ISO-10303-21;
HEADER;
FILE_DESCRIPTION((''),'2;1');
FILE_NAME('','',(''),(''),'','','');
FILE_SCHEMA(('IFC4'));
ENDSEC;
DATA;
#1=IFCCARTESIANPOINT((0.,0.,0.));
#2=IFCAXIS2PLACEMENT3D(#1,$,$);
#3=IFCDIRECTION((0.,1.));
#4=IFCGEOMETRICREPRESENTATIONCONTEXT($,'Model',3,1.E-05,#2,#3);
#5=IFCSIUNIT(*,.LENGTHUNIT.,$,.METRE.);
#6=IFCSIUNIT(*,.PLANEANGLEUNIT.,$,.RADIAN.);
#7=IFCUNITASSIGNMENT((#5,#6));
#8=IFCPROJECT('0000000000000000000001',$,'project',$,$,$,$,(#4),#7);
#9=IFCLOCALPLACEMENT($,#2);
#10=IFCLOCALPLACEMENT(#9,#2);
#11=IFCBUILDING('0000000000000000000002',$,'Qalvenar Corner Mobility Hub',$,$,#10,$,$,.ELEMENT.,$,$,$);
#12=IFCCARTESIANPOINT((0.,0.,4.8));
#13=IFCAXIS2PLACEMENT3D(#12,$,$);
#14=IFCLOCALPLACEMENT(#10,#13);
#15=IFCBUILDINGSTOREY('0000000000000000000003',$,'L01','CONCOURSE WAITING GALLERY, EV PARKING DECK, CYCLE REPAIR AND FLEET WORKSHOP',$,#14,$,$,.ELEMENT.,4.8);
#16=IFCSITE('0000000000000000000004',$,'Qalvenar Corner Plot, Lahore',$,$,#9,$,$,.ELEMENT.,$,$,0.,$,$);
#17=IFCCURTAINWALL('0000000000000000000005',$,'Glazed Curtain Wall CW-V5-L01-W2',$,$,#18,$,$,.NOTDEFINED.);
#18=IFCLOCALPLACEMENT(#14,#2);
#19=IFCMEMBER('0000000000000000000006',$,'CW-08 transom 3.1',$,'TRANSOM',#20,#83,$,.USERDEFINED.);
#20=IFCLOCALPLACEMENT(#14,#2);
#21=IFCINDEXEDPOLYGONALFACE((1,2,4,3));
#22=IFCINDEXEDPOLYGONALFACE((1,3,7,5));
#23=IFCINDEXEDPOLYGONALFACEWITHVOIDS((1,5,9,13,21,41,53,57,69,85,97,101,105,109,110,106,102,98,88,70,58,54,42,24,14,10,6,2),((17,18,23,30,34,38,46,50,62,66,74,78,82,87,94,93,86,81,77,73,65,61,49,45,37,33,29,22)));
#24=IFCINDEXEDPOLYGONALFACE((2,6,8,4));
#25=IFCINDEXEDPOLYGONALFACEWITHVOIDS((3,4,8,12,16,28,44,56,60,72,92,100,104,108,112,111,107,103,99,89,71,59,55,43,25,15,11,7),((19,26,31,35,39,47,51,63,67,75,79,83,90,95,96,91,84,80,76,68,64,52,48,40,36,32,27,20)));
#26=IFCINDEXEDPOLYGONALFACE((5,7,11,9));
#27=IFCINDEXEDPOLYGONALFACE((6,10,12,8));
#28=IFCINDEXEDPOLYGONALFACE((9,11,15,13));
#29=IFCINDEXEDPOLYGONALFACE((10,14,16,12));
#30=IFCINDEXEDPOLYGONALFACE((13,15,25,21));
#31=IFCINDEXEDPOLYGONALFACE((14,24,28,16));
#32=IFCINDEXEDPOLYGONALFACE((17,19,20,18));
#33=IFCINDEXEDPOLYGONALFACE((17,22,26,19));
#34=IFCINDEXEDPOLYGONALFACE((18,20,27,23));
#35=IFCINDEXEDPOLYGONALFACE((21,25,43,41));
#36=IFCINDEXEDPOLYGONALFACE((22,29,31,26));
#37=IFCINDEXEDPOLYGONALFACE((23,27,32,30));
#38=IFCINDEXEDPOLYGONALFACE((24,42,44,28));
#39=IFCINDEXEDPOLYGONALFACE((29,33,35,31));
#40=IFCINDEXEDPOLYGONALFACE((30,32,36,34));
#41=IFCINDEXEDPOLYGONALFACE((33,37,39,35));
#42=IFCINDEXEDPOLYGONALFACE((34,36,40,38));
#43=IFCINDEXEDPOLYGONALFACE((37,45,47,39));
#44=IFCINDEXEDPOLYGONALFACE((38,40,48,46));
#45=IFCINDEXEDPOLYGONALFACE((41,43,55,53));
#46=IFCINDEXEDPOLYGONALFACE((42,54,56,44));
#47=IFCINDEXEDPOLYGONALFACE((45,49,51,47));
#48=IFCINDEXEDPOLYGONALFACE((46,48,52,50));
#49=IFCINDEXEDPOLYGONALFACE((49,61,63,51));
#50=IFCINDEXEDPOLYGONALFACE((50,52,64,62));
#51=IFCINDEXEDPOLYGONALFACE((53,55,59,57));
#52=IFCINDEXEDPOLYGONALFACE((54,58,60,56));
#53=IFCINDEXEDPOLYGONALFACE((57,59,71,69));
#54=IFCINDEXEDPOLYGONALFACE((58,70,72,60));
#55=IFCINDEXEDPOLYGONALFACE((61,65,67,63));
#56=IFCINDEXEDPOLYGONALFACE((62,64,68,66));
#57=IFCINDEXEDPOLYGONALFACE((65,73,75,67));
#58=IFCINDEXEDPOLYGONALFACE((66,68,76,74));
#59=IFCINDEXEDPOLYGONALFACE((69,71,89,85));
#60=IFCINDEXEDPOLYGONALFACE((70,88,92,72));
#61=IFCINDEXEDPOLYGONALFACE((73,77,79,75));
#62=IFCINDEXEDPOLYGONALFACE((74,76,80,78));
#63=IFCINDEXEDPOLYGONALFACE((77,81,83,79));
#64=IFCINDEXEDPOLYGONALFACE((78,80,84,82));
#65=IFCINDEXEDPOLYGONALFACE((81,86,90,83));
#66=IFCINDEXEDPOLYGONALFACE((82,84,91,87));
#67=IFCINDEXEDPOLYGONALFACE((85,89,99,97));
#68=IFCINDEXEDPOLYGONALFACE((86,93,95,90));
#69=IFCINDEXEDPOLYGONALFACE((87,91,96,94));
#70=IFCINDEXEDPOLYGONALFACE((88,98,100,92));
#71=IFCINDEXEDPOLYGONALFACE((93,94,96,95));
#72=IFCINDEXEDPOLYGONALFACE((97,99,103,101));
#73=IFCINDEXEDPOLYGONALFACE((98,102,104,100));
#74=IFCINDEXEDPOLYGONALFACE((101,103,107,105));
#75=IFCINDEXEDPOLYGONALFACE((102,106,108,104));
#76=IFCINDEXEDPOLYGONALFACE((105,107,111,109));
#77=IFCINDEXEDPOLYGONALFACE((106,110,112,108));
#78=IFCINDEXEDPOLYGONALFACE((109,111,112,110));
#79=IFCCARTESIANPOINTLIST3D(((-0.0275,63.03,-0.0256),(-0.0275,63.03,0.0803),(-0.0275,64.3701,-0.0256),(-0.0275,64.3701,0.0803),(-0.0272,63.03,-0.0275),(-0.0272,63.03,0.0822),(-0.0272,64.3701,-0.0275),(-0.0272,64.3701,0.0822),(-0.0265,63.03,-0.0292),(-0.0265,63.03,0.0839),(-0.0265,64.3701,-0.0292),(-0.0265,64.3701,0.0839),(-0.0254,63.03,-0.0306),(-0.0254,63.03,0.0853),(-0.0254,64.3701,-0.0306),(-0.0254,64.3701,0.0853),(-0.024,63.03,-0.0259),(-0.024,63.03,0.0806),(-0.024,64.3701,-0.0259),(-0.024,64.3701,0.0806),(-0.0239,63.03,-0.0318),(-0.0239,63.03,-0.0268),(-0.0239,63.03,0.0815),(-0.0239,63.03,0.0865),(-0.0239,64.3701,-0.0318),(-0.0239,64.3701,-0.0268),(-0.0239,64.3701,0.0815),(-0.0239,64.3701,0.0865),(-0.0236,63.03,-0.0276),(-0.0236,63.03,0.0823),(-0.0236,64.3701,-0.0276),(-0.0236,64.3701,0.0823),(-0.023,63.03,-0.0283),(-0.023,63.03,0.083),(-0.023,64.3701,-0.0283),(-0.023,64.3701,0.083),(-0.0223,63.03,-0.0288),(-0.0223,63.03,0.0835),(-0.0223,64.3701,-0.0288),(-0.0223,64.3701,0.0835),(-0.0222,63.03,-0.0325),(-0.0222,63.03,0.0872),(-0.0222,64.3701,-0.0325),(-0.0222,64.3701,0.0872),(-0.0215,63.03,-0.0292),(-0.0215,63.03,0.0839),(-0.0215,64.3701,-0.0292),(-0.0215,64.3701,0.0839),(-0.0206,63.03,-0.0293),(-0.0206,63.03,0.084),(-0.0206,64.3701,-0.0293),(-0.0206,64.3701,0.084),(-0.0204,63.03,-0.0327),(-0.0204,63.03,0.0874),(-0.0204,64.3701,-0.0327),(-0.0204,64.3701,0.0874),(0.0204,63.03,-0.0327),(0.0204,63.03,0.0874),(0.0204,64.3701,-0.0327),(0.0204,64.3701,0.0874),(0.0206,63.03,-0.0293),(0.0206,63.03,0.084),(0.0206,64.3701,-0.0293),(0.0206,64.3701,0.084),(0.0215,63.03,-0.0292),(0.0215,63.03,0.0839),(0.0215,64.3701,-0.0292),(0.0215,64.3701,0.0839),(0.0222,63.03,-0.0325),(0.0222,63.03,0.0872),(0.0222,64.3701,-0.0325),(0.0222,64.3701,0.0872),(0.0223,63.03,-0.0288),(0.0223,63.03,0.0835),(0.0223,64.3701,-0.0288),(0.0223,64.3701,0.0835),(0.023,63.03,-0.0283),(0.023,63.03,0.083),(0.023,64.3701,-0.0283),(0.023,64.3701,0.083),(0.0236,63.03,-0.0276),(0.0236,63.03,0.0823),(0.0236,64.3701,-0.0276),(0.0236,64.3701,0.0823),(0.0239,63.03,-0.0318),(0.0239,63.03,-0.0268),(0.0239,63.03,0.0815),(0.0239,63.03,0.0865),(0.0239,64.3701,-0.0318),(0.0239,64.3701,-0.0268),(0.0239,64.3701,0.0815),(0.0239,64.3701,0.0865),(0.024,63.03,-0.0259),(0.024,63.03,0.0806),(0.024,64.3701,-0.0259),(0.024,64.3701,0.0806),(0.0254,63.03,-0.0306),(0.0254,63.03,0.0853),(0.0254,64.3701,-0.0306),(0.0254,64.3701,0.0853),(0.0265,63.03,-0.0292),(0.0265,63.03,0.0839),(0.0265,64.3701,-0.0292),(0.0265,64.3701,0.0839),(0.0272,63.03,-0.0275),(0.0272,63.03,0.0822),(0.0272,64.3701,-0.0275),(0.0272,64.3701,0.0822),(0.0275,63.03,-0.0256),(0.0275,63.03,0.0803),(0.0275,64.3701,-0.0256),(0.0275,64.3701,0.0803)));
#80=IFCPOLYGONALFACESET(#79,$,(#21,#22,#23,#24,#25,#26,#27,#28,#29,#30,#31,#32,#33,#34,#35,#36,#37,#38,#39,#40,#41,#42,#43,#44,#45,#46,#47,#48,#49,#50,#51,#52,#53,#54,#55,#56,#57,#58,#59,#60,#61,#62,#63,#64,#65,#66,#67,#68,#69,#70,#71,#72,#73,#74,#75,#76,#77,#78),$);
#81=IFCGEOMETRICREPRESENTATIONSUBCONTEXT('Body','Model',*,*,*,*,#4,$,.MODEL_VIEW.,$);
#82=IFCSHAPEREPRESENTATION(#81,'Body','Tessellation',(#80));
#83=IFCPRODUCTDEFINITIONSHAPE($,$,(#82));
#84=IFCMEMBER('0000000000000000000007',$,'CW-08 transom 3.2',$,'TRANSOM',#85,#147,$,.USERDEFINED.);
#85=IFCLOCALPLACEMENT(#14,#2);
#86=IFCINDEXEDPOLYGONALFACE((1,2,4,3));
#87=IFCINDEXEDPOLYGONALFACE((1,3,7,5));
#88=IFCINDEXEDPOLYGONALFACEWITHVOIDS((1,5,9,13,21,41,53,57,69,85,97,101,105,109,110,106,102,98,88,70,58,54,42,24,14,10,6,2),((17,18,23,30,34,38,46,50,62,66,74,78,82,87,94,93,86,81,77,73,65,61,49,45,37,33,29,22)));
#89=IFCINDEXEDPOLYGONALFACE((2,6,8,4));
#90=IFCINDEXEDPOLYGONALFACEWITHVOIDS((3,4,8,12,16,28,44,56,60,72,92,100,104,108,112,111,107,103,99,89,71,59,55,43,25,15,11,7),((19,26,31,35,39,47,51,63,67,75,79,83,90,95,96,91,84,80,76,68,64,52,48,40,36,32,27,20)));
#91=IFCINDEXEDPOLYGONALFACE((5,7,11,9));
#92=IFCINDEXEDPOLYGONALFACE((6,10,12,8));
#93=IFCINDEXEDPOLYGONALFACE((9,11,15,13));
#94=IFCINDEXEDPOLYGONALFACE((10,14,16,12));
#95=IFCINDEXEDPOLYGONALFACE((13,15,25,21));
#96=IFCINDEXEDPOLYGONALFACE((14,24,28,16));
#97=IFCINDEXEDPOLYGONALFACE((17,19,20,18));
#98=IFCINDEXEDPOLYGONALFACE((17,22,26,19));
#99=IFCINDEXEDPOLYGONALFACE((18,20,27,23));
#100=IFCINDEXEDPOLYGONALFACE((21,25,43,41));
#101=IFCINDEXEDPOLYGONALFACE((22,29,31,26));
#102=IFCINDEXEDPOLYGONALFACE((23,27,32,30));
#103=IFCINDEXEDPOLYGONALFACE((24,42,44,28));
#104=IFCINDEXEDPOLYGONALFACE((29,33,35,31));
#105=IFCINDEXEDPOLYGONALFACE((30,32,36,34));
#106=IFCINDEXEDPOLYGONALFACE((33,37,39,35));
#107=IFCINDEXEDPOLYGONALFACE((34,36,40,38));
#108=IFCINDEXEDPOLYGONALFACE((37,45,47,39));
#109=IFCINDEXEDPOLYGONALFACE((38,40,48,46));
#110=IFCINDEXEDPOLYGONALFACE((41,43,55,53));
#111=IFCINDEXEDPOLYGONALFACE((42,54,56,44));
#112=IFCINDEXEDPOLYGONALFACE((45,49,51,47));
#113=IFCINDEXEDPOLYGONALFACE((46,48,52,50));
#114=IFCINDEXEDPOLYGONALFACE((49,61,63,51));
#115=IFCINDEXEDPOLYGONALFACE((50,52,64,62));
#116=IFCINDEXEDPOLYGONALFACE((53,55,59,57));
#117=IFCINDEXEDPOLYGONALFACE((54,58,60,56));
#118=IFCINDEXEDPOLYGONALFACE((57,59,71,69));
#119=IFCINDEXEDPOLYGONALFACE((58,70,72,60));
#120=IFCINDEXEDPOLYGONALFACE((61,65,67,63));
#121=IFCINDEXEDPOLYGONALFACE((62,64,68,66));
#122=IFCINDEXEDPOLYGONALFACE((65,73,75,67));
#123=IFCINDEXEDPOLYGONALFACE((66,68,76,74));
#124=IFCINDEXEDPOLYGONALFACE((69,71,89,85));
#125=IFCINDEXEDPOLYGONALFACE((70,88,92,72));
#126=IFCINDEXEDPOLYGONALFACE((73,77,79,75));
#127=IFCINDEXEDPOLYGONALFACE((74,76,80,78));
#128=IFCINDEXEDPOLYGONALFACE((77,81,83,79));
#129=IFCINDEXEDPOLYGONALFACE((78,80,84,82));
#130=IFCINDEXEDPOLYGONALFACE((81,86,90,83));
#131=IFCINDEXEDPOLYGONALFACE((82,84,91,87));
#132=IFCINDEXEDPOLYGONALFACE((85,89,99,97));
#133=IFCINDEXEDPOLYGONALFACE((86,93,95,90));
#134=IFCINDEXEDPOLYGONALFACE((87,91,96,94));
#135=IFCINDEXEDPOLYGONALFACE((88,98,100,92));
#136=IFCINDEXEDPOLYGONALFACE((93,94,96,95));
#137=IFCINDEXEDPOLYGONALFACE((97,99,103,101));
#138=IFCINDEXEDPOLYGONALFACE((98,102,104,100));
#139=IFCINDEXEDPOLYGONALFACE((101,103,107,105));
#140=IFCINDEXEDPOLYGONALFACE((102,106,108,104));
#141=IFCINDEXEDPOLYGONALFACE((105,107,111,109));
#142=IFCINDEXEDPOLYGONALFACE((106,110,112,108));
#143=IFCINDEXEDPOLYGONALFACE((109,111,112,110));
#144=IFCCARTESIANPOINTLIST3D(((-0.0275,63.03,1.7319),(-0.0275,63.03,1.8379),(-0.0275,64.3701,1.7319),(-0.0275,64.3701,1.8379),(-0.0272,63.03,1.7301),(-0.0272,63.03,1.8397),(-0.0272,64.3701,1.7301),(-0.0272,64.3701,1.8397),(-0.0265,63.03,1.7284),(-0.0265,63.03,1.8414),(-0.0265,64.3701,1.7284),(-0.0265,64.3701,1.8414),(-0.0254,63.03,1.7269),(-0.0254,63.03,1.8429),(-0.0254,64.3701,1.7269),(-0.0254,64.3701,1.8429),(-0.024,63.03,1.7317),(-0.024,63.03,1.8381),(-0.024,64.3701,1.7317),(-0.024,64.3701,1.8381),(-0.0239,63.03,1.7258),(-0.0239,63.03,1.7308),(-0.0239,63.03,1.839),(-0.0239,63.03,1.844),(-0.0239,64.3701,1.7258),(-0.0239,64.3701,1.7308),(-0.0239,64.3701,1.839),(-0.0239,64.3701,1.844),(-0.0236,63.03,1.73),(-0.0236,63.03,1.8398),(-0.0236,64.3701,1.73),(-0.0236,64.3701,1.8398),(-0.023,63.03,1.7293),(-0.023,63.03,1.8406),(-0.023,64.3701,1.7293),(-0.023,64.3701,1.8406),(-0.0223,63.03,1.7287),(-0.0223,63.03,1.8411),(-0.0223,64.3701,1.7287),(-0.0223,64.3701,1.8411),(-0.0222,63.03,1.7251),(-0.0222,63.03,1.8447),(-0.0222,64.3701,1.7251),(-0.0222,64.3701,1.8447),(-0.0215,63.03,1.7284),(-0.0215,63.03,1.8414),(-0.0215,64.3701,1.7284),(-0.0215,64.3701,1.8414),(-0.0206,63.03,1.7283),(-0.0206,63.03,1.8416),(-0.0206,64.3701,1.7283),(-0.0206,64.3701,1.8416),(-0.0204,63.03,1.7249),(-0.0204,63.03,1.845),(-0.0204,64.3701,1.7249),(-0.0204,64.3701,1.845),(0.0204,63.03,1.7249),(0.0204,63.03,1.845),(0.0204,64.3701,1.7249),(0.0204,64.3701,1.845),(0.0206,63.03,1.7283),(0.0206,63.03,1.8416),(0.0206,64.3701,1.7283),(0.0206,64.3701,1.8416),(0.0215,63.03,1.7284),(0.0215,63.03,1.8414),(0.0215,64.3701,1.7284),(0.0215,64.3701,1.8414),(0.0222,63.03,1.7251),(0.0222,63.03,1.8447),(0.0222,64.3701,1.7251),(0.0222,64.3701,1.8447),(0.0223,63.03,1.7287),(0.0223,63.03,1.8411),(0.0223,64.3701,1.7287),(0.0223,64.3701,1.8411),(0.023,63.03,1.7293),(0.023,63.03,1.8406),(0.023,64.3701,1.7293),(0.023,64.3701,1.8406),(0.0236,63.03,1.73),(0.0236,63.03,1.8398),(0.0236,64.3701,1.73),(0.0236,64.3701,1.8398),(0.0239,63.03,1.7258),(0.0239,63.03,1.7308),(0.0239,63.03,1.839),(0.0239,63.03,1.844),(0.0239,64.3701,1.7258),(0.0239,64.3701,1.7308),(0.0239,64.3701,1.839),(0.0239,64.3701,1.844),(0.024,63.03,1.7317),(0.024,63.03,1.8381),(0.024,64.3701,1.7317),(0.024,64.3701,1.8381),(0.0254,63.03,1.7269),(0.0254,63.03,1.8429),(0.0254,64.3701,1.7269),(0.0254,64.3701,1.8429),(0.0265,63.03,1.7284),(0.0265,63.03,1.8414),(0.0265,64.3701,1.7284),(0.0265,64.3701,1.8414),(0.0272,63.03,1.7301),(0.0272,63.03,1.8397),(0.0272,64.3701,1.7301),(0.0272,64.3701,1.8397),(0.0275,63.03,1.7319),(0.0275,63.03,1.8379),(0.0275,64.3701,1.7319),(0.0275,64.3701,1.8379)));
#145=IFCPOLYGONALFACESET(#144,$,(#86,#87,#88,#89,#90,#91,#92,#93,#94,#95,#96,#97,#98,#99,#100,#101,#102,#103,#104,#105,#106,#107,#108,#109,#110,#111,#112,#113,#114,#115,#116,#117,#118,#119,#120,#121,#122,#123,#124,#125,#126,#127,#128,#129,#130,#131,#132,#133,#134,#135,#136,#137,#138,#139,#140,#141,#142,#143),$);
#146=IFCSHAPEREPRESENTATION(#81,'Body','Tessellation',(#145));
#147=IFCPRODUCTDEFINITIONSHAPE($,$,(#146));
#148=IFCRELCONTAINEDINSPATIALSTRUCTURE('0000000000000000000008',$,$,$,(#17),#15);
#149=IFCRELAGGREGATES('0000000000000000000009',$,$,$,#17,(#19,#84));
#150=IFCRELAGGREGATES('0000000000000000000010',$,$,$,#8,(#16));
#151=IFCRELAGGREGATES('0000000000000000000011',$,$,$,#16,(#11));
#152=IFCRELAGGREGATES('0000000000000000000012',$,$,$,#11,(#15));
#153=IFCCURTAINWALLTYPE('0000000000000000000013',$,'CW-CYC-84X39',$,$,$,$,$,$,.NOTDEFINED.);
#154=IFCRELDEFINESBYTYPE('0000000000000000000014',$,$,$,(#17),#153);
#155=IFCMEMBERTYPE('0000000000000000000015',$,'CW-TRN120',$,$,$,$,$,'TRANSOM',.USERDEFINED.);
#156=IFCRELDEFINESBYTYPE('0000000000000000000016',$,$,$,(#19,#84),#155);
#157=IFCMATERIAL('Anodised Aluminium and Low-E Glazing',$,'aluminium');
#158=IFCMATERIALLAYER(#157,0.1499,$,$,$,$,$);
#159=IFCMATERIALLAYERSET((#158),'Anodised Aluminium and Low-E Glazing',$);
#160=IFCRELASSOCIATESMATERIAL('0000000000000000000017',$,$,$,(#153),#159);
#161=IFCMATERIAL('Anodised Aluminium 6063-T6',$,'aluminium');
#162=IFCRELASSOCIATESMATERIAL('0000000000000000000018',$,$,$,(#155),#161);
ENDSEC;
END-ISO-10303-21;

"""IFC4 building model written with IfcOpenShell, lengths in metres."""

from ifc_helpers import new_model, si_unit, direction, frame, origin, origin_2d, place, context, subcontext, project, spatial, hollow_rectangle, extrude, material, layer, layer_set, material_profile, profile_set, type_object, element, aggregate, save


model = new_model("IFC4")

# Units and contexts
model_context = context("Model", 3, precision=1e-05, world=origin(), true_north=direction((0.0, 1.0)))
body_context = subcontext(model_context, "Body", "Model", "MODEL_VIEW")
ifc_project = project(units=[si_unit("LENGTHUNIT", "METRE"), si_unit("PLANEANGLEUNIT", "RADIAN")], contexts=[model_context])

# Site, building, storey
site_placement = place(None, origin())
site = spatial("IfcSite", under=ifc_project, at=site_placement, Name="Qalvenar Corner Plot, Lahore", CompositionType="ELEMENT", RefElevation=0.0)
building_placement = place(site_placement, origin())
building = spatial("IfcBuilding", under=site, at=building_placement, Name="Qalvenar Corner Mobility Hub", CompositionType="ELEMENT")
storey_placement = place(building_placement, frame((0.0, 0.0, 4.8)))
storey = spatial("IfcBuildingStorey", under=building, at=storey_placement, Name="L01", Description="CONCOURSE WAITING GALLERY, EV PARKING DECK, CYCLE REPAIR AND FLEET WORKSHOP", CompositionType="ELEMENT", Elevation=4.8)

# Curtain wall, members
ifc_material_1 = material(Name="Anodised Aluminium and Low-E Glazing", Category="aluminium")
ifc_layer_1 = layer(ifc_material_1, 0.1499)
ifc_layer_set_1 = layer_set([ifc_layer_1], Name="Anodised Aluminium and Low-E Glazing")
curtain_wall_type = type_object("IfcCurtainWallType", Name="CW-CYC-84X39", PredefinedType="NOTDEFINED", material=ifc_layer_set_1)
curtain_wall_placement = place(storey_placement, origin())
curtain_wall = element("IfcCurtainWall", 1, at=curtain_wall_placement, inside=storey, type_object=curtain_wall_type, Name="Glazed Curtain Wall CW-V5-L01-W2", PredefinedType="NOTDEFINED")
ifc_material_2 = material(Name="Anodised Aluminium 6063-T6", Category="aluminium")
ifc_material_profile_1 = material_profile(ifc_material_2, hollow_rectangle(XDim=0.0549, YDim=0.1201, WallThickness=0.0034, InnerFilletRadius=0.0034, OuterFilletRadius=0.0071, at=origin_2d()), Name="RHS120x55x3.5")
ifc_profile_set_1 = profile_set([ifc_material_profile_1], Name="Anodised Aluminium 6063-T6")
member_type_1 = type_object("IfcMemberType", Name="CW-TRN120", ElementType="TRANSOM", PredefinedType="USERDEFINED", material=ifc_profile_set_1)
member_1_placement = place(storey_placement, frame((0.0, 64.3701, 0.0273), z_axis=(0.0, -1.0, 0.0), x_axis=(1.0, 0.0, 0.0)))
member_1 = element("IfcMember", 2, at=member_1_placement, type_object=member_type_1, Name="CW-08 transom 3.1", ObjectType="TRANSOM", PredefinedType="USERDEFINED", context=body_context, shape_type="SweptSolid", body=[
    extrude(hollow_rectangle(XDim=0.0549, YDim=0.1201, WallThickness=0.0034, InnerFilletRadius=0.0034, OuterFilletRadius=0.0071, at=origin_2d()), origin(), (0.0, 0.0, 1.0), 1.3401),
])
member_2_placement = place(storey_placement, frame((0.0, 64.3701, 1.7849), z_axis=(0.0, -1.0, 0.0), x_axis=(1.0, 0.0, 0.0)))
member_2 = element("IfcMember", 3, at=member_2_placement, type_object=member_type_1, Name="CW-08 transom 3.2", ObjectType="TRANSOM", PredefinedType="USERDEFINED", context=body_context, shape_type="SweptSolid", body=[
    extrude(hollow_rectangle(XDim=0.0549, YDim=0.1201, WallThickness=0.0034, InnerFilletRadius=0.0034, OuterFilletRadius=0.0071, at=origin_2d()), origin(), (0.0, 0.0, 1.0), 1.3401),
])
aggregate(curtain_wall, [member_1, member_2])

save(model, "model.ifc")
